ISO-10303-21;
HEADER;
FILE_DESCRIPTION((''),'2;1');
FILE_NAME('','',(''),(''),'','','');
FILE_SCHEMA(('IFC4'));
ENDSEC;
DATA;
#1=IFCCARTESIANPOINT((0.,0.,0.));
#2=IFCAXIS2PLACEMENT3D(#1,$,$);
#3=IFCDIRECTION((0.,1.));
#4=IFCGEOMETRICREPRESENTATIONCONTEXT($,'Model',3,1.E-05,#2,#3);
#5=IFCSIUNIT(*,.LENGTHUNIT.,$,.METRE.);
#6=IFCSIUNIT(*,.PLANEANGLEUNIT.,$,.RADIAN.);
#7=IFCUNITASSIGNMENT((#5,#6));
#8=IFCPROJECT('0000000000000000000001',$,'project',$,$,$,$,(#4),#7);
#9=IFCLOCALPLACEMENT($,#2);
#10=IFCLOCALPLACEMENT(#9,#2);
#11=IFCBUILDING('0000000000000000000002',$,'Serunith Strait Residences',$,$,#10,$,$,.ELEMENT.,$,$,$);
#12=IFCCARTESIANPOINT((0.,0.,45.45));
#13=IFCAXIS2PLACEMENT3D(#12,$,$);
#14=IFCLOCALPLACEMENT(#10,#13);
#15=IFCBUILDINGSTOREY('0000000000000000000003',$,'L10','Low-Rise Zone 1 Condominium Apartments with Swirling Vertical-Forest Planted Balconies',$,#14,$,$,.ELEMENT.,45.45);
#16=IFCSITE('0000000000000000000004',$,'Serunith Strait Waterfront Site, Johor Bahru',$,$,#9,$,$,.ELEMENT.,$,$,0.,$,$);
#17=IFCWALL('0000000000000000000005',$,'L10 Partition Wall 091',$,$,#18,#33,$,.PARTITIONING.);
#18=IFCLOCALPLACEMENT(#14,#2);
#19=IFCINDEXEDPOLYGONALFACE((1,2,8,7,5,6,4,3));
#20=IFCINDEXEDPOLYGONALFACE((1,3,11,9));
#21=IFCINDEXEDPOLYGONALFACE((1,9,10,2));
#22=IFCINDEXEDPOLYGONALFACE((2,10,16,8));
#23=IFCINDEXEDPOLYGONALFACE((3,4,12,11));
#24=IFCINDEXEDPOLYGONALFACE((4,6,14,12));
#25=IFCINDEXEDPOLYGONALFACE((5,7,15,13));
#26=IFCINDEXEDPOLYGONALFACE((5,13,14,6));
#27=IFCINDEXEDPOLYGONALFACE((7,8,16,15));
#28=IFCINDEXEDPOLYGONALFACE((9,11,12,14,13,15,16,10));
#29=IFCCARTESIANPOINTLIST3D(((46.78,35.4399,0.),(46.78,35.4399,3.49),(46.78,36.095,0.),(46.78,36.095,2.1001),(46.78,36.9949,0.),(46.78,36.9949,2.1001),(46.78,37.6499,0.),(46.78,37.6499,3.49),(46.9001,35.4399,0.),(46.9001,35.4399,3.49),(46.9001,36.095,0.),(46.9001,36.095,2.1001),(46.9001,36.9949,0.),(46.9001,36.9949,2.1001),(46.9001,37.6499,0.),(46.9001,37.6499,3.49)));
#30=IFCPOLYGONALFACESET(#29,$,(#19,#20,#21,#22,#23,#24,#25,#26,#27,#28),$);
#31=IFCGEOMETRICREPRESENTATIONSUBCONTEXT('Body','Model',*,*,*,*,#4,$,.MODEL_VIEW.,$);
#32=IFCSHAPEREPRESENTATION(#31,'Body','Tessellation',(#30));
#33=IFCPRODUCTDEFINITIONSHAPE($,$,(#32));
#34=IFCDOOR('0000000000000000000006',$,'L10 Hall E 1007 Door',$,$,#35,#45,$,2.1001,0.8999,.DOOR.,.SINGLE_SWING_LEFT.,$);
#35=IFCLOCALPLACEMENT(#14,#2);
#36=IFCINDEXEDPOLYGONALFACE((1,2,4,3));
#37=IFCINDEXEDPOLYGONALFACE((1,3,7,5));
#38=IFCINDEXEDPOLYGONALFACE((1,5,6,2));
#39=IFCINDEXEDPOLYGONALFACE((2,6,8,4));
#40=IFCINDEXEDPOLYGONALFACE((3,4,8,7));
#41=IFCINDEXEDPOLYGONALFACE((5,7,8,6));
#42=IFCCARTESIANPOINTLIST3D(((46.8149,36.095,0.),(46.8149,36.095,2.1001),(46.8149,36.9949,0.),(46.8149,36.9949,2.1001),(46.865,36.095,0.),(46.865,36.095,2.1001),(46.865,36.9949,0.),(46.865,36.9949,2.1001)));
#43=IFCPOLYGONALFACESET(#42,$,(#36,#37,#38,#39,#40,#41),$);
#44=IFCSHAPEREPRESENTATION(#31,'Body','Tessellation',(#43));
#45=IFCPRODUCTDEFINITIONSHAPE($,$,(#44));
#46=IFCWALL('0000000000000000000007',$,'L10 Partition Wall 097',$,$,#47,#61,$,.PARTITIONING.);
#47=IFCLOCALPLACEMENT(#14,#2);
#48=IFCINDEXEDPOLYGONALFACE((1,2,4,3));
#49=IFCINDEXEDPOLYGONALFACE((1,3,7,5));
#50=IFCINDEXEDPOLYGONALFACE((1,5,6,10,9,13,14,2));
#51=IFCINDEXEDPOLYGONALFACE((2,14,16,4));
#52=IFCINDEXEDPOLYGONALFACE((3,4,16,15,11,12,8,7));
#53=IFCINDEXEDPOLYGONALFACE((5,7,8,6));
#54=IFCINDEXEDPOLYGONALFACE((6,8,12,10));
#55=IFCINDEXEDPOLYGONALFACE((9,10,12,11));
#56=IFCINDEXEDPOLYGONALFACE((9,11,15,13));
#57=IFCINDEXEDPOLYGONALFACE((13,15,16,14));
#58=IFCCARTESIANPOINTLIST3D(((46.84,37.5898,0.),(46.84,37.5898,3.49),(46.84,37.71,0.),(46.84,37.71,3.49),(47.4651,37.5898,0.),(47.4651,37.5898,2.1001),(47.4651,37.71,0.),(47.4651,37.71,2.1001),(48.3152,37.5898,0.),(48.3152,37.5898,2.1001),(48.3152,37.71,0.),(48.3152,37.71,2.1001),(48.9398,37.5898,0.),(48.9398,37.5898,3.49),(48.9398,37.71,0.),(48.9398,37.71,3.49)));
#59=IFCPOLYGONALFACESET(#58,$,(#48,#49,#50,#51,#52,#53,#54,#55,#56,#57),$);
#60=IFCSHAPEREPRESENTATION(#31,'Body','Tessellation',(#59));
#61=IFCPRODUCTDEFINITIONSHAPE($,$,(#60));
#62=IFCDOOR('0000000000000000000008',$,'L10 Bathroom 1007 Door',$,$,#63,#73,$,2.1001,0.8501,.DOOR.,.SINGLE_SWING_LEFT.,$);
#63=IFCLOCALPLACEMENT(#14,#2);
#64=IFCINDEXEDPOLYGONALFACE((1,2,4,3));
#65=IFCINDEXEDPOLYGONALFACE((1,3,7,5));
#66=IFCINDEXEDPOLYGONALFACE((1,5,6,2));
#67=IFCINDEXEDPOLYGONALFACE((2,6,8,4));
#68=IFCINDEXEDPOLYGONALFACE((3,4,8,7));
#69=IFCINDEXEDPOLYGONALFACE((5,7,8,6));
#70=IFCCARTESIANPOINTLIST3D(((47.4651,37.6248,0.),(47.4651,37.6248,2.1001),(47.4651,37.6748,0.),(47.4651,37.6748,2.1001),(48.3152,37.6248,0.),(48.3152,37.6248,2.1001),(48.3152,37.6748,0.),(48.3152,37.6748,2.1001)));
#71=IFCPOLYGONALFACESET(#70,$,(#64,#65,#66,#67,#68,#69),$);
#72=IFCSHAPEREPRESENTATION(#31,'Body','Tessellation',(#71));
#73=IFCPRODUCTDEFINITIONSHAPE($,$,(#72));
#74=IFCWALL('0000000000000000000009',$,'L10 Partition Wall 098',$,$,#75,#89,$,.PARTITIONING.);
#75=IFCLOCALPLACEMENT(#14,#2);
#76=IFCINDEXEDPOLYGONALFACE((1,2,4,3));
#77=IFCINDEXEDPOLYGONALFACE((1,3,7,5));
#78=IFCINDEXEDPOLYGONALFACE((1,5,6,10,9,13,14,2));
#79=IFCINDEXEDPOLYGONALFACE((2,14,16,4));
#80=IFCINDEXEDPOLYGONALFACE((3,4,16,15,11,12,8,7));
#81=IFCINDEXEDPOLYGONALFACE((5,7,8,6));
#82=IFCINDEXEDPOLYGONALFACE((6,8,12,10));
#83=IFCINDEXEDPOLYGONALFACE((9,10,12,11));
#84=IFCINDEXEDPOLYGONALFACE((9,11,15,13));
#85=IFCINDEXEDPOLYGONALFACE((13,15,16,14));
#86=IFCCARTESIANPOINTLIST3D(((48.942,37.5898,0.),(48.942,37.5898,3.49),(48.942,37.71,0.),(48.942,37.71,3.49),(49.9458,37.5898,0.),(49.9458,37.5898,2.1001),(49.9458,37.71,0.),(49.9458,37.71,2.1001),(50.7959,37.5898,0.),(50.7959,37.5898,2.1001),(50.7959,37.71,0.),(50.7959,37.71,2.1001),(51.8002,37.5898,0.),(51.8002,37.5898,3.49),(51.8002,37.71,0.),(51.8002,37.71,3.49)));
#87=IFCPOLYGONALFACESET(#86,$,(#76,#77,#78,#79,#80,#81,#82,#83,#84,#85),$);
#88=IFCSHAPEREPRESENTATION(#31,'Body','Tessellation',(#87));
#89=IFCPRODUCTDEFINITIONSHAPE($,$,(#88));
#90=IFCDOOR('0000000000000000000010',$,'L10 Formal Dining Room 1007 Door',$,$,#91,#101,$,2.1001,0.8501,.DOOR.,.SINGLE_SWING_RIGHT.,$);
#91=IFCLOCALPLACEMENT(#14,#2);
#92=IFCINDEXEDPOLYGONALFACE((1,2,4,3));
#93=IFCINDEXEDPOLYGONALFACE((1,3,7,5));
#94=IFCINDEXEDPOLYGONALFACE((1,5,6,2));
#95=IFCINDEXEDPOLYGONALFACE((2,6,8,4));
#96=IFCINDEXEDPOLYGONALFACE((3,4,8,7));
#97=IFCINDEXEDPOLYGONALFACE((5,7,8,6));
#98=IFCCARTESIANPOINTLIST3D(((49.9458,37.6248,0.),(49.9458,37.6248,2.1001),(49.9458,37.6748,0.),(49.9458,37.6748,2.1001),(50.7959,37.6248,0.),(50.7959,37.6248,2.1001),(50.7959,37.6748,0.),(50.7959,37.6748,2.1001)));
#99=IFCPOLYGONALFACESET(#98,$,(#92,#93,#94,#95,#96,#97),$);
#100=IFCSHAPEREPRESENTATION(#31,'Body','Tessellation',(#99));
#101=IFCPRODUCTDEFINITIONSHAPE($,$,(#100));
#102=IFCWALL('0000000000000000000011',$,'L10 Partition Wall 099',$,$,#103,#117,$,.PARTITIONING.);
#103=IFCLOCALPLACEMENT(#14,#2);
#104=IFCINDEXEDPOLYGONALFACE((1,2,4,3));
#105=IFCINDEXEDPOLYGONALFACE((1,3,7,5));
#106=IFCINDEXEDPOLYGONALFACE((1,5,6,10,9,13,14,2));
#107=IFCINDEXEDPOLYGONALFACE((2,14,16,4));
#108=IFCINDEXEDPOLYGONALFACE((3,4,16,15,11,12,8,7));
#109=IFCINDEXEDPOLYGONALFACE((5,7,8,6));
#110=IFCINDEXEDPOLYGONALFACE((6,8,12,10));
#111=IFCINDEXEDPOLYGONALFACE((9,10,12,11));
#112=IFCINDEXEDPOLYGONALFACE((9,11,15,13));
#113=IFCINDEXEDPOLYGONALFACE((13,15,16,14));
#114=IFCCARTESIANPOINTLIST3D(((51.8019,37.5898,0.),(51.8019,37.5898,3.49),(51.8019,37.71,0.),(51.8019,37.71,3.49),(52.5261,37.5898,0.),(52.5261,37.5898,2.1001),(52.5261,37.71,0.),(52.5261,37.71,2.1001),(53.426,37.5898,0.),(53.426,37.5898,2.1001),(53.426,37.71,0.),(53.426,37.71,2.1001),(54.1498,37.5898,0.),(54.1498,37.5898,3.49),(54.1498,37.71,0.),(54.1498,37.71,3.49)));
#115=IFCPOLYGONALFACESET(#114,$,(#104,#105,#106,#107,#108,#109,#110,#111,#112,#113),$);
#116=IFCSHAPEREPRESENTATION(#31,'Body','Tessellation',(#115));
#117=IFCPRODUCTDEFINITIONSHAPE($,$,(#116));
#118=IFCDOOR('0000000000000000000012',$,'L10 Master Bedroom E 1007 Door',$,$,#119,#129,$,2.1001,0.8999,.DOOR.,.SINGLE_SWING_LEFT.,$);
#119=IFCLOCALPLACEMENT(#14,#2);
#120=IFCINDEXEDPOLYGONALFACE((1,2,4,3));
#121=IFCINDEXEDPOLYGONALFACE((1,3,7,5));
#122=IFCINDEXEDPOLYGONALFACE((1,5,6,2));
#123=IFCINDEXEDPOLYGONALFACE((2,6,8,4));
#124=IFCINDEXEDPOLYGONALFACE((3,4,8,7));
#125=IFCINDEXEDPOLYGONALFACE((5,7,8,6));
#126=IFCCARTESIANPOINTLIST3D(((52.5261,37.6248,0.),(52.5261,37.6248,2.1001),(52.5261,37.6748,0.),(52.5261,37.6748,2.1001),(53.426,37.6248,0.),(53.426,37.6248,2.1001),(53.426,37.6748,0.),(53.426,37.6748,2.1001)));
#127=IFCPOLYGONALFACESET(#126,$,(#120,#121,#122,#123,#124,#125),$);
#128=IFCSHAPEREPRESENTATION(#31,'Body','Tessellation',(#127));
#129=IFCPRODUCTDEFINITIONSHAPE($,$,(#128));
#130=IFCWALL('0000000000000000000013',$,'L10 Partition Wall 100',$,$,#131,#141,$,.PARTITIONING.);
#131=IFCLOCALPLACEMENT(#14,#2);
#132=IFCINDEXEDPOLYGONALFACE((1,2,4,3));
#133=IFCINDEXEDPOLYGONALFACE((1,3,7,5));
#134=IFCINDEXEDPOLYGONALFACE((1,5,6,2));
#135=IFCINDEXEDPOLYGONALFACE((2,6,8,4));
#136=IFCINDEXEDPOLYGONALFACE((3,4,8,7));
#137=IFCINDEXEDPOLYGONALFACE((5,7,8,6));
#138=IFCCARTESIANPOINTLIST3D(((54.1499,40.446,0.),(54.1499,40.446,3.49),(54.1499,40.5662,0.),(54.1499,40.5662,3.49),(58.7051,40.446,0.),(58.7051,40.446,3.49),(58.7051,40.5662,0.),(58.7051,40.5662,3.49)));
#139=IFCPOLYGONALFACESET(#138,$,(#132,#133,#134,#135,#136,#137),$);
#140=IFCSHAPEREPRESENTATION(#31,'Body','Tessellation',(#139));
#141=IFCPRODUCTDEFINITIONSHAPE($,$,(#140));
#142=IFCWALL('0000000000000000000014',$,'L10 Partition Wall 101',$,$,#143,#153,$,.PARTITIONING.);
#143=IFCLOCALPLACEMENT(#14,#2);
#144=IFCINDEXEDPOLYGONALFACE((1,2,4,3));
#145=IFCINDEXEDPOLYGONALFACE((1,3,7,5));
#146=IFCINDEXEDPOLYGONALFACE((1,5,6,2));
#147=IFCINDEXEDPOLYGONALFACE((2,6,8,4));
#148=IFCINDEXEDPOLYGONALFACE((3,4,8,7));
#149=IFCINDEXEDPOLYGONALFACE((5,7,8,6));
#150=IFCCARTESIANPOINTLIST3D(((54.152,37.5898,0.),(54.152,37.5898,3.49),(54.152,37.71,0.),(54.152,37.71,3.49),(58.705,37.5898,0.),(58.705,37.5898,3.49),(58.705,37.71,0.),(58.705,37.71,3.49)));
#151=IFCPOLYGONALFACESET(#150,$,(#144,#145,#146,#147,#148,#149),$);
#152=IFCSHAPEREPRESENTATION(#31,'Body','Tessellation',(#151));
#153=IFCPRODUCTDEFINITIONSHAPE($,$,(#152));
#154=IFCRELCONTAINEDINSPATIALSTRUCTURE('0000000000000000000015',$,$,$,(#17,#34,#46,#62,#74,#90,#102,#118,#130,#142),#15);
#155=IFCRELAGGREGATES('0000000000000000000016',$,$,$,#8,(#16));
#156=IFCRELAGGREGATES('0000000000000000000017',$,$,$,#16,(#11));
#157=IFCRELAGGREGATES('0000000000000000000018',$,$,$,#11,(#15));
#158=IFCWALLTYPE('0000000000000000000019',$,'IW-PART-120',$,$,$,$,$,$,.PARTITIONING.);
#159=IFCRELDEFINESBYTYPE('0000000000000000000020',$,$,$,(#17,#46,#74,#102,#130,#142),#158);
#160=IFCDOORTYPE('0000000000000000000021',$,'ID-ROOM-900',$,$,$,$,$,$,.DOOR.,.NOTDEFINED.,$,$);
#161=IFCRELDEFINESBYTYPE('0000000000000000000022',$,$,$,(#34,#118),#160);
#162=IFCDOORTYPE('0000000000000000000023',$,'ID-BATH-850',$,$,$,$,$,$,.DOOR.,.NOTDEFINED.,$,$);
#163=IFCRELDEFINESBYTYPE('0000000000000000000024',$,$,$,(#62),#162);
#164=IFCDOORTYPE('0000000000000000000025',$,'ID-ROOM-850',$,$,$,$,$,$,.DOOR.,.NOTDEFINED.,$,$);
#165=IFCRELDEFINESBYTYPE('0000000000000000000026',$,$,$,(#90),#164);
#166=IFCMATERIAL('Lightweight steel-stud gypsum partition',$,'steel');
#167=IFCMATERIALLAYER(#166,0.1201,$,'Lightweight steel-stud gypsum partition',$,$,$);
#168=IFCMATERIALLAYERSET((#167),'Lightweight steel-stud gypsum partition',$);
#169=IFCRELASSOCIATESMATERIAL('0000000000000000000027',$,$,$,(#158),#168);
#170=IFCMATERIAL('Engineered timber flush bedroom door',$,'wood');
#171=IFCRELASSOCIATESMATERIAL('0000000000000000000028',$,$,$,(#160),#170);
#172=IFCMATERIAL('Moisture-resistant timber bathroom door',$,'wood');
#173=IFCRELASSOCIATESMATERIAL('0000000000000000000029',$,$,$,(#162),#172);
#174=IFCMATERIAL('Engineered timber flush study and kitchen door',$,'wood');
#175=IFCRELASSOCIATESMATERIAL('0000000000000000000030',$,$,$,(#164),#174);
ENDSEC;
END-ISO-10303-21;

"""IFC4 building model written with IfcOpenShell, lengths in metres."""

from ifc_helpers import new_model, si_unit, direction, frame, frame_2d, origin, place, context, subcontext, project, spatial, rectangle, extrude, source, transform, mapped, material, layer, layer_set, type_object, element, fill, save


model = new_model("IFC4")

# Units and contexts
model_context = context("Model", 3, precision=1e-05, world=origin(), true_north=direction((0.0, 1.0)))
body_context = subcontext(model_context, "Body", "Model", "MODEL_VIEW")
ifc_project = project(units=[si_unit("LENGTHUNIT", "METRE"), si_unit("PLANEANGLEUNIT", "RADIAN")], contexts=[model_context])

# Site, building, storey
site_placement = place(None, origin())
site = spatial("IfcSite", under=ifc_project, at=site_placement, Name="Serunith Strait Waterfront Site, Johor Bahru", CompositionType="ELEMENT", RefElevation=0.0)
building_placement = place(site_placement, origin())
building = spatial("IfcBuilding", under=site, at=building_placement, Name="Serunith Strait Residences", CompositionType="ELEMENT")
storey_placement = place(building_placement, frame((0.0, 0.0, 45.45)))
storey = spatial("IfcBuildingStorey", under=building, at=storey_placement, Name="L10", Description="Low-Rise Zone 1 Condominium Apartments with Swirling Vertical-Forest Planted Balconies", CompositionType="ELEMENT", Elevation=45.45)

# Walls, openings, doors
ifc_material_1 = material(Name="Lightweight steel-stud gypsum partition", Category="steel")
ifc_layer_1 = layer(ifc_material_1, 0.1201, Name="Lightweight steel-stud gypsum partition")
ifc_layer_set_1 = layer_set([ifc_layer_1], Name="Lightweight steel-stud gypsum partition")
wall_type = type_object("IfcWallType", Name="IW-PART-120", PredefinedType="PARTITIONING", material=ifc_layer_set_1)
wall_1_placement = place(storey_placement, frame((46.8401, 37.6499, 0.0), z_axis=(0.0, 0.0, 1.0), x_axis=(0.0, -1.0, 0.0)))
wall_1 = element("IfcWall", 1, at=wall_1_placement, inside=storey, type_object=wall_type, Name="L10 Partition Wall 091", PredefinedType="PARTITIONING", context=body_context, shape_type="SweptSolid", body=[
    extrude(rectangle(XDim=2.21, YDim=0.1201, at=frame_2d((1.105, 0.0))), origin(), (0.0, 0.0, 1.0), 3.49),
])
opening_1_placement = place(wall_1_placement, frame((0.655, 0.0, 0.0)))
opening_1 = element("IfcOpeningElement", 2, at=opening_1_placement, cuts=wall_1, PredefinedType="OPENING", context=body_context, shape_type="SweptSolid", body=[
    extrude(rectangle(XDim=0.8999, YDim=2.1001, at=frame_2d((0.45, 1.05))), frame((0.0, 0.0701, 0.0), z_axis=(0.0, -1.0, 0.0), x_axis=(1.0, 0.0, 0.0)), (0.0, 0.0, 1.0), 0.1401),
])
ifc_material_2 = material(Name="Engineered timber flush bedroom door", Category="wood")
door_type_1 = type_object("IfcDoorType", Name="ID-ROOM-900", OperationType="NOTDEFINED", PredefinedType="DOOR", material=ifc_material_2)
shared_shape_1 = source(origin(), body_context, "Body", "SweptSolid", [
    extrude(rectangle(XDim=0.8999, YDim=2.1001, at=frame_2d((0.45, 1.05))), frame((0.0, 0.0249, 0.0), z_axis=(0.0, -1.0, 0.0), x_axis=(1.0, 0.0, 0.0)), (0.0, 0.0, 1.0), 0.05),
])
door_1_placement = place(opening_1_placement, origin())
door_1 = element("IfcDoor", 3, at=door_1_placement, inside=storey, type_object=door_type_1, Name="L10 Hall E 1007 Door", OperationType="SINGLE_SWING_LEFT", OverallHeight=2.1001, OverallWidth=0.8999, PredefinedType="DOOR", context=body_context, shape_type="MappedRepresentation", body=[
    mapped(shared_shape_1, transform((0.0, 0.0, 0.0), scale=1.0)),
])
fill(opening_1, door_1)
wall_2_placement = place(storey_placement, frame((46.8401, 37.6499, 0.0), z_axis=(0.0, 0.0, 1.0), x_axis=(1.0, 0.0, 0.0)))
wall_2 = element("IfcWall", 4, at=wall_2_placement, inside=storey, type_object=wall_type, Name="L10 Partition Wall 097", PredefinedType="PARTITIONING", context=body_context, shape_type="SweptSolid", body=[
    extrude(rectangle(XDim=2.0999, YDim=0.1201, at=frame_2d((1.0498, 0.0))), origin(), (0.0, 0.0, 1.0), 3.49),
])
opening_2_placement = place(wall_2_placement, frame((0.625, 0.0, 0.0)))
opening_2 = element("IfcOpeningElement", 5, at=opening_2_placement, cuts=wall_2, PredefinedType="OPENING", context=body_context, shape_type="SweptSolid", body=[
    extrude(rectangle(XDim=0.8501, YDim=2.1001, at=frame_2d((0.425, 1.05))), frame((0.0, 0.0701, 0.0), z_axis=(0.0, -1.0, 0.0), x_axis=(1.0, 0.0, 0.0)), (0.0, 0.0, 1.0), 0.1401),
])
ifc_material_3 = material(Name="Moisture-resistant timber bathroom door", Category="wood")
door_type_2 = type_object("IfcDoorType", Name="ID-BATH-850", OperationType="NOTDEFINED", PredefinedType="DOOR", material=ifc_material_3)
shared_shape_2 = source(origin(), body_context, "Body", "SweptSolid", [
    extrude(rectangle(XDim=0.8501, YDim=2.1001, at=frame_2d((0.425, 1.05))), frame((0.0, 0.0249, 0.0), z_axis=(0.0, -1.0, 0.0), x_axis=(1.0, 0.0, 0.0)), (0.0, 0.0, 1.0), 0.05),
])
door_2_placement = place(opening_2_placement, origin())
door_2 = element("IfcDoor", 6, at=door_2_placement, inside=storey, type_object=door_type_2, Name="L10 Bathroom 1007 Door", OperationType="SINGLE_SWING_LEFT", OverallHeight=2.1001, OverallWidth=0.8501, PredefinedType="DOOR", context=body_context, shape_type="MappedRepresentation", body=[
    mapped(shared_shape_2, transform((0.0, 0.0, 0.0), scale=1.0)),
])
fill(opening_2, door_2)
wall_3_placement = place(storey_placement, frame((48.9419, 37.6499, 0.0), z_axis=(0.0, 0.0, 1.0), x_axis=(1.0, 0.0, 0.0)))
wall_3 = element("IfcWall", 7, at=wall_3_placement, inside=storey, type_object=wall_type, Name="L10 Partition Wall 098", PredefinedType="PARTITIONING", context=body_context, shape_type="SweptSolid", body=[
    extrude(rectangle(XDim=2.8582, YDim=0.1201, at=frame_2d((1.4292, 0.0))), origin(), (0.0, 0.0, 1.0), 3.49),
])
opening_3_placement = place(wall_3_placement, frame((1.0039, 0.0, 0.0)))
opening_3 = element("IfcOpeningElement", 8, at=opening_3_placement, cuts=wall_3, PredefinedType="OPENING", context=body_context, shape_type="SweptSolid", body=[
    extrude(rectangle(XDim=0.8501, YDim=2.1001, at=frame_2d((0.425, 1.05))), frame((0.0, 0.0701, 0.0), z_axis=(0.0, -1.0, 0.0), x_axis=(1.0, 0.0, 0.0)), (0.0, 0.0, 1.0), 0.1401),
])
ifc_material_4 = material(Name="Engineered timber flush study and kitchen door", Category="wood")
door_type_3 = type_object("IfcDoorType", Name="ID-ROOM-850", OperationType="NOTDEFINED", PredefinedType="DOOR", material=ifc_material_4)
door_3_placement = place(opening_3_placement, origin())
door_3 = element("IfcDoor", 9, at=door_3_placement, inside=storey, type_object=door_type_3, Name="L10 Formal Dining Room 1007 Door", OperationType="SINGLE_SWING_RIGHT", OverallHeight=2.1001, OverallWidth=0.8501, PredefinedType="DOOR", context=body_context, shape_type="MappedRepresentation", body=[
    mapped(shared_shape_2, transform((0.0, 0.0, 0.0), scale=1.0)),
])
fill(opening_3, door_3)
wall_4_placement = place(storey_placement, frame((51.802, 37.6499, 0.0), z_axis=(0.0, 0.0, 1.0), x_axis=(1.0, 0.0, 0.0)))
wall_4 = element("IfcWall", 10, at=wall_4_placement, inside=storey, type_object=wall_type, Name="L10 Partition Wall 099", PredefinedType="PARTITIONING", context=body_context, shape_type="SweptSolid", body=[
    extrude(rectangle(XDim=2.3479, YDim=0.1201, at=frame_2d((1.1738, 0.0))), origin(), (0.0, 0.0, 1.0), 3.49),
])
opening_4_placement = place(wall_4_placement, frame((0.7241, 0.0, 0.0)))
opening_4 = element("IfcOpeningElement", 11, at=opening_4_placement, cuts=wall_4, PredefinedType="OPENING", context=body_context, shape_type="SweptSolid", body=[
    extrude(rectangle(XDim=0.8999, YDim=2.1001, at=frame_2d((0.45, 1.05))), frame((0.0, 0.0701, 0.0), z_axis=(0.0, -1.0, 0.0), x_axis=(1.0, 0.0, 0.0)), (0.0, 0.0, 1.0), 0.1401),
])
door_4_placement = place(opening_4_placement, origin())
door_4 = element("IfcDoor", 12, at=door_4_placement, inside=storey, type_object=door_type_1, Name="L10 Master Bedroom E 1007 Door", OperationType="SINGLE_SWING_LEFT", OverallHeight=2.1001, OverallWidth=0.8999, PredefinedType="DOOR", context=body_context, shape_type="MappedRepresentation", body=[
    mapped(shared_shape_1, transform((0.0, 0.0, 0.0), scale=1.0)),
])
fill(opening_4, door_4)

# Walls
wall_5_placement = place(storey_placement, frame((54.1499, 40.5061, 0.0), z_axis=(0.0, 0.0, 1.0), x_axis=(1.0, 0.0, 0.0)))
element("IfcWall", 13, at=wall_5_placement, inside=storey, type_object=wall_type, Name="L10 Partition Wall 100", PredefinedType="PARTITIONING", context=body_context, shape_type="SweptSolid", body=[
    extrude(rectangle(XDim=4.5552, YDim=0.1201, at=frame_2d((2.2776, 0.0))), origin(), (0.0, 0.0, 1.0), 3.49),
])
wall_6_placement = place(storey_placement, frame((54.1521, 37.6499, 0.0), z_axis=(0.0, 0.0, 1.0), x_axis=(1.0, 0.0, 0.0)))
element("IfcWall", 14, at=wall_6_placement, inside=storey, type_object=wall_type, Name="L10 Partition Wall 101", PredefinedType="PARTITIONING", context=body_context, shape_type="SweptSolid", body=[
    extrude(rectangle(XDim=4.553, YDim=0.1201, at=frame_2d((2.2764, 0.0))), origin(), (0.0, 0.0, 1.0), 3.49),
])

save(model, "model.ifc")
